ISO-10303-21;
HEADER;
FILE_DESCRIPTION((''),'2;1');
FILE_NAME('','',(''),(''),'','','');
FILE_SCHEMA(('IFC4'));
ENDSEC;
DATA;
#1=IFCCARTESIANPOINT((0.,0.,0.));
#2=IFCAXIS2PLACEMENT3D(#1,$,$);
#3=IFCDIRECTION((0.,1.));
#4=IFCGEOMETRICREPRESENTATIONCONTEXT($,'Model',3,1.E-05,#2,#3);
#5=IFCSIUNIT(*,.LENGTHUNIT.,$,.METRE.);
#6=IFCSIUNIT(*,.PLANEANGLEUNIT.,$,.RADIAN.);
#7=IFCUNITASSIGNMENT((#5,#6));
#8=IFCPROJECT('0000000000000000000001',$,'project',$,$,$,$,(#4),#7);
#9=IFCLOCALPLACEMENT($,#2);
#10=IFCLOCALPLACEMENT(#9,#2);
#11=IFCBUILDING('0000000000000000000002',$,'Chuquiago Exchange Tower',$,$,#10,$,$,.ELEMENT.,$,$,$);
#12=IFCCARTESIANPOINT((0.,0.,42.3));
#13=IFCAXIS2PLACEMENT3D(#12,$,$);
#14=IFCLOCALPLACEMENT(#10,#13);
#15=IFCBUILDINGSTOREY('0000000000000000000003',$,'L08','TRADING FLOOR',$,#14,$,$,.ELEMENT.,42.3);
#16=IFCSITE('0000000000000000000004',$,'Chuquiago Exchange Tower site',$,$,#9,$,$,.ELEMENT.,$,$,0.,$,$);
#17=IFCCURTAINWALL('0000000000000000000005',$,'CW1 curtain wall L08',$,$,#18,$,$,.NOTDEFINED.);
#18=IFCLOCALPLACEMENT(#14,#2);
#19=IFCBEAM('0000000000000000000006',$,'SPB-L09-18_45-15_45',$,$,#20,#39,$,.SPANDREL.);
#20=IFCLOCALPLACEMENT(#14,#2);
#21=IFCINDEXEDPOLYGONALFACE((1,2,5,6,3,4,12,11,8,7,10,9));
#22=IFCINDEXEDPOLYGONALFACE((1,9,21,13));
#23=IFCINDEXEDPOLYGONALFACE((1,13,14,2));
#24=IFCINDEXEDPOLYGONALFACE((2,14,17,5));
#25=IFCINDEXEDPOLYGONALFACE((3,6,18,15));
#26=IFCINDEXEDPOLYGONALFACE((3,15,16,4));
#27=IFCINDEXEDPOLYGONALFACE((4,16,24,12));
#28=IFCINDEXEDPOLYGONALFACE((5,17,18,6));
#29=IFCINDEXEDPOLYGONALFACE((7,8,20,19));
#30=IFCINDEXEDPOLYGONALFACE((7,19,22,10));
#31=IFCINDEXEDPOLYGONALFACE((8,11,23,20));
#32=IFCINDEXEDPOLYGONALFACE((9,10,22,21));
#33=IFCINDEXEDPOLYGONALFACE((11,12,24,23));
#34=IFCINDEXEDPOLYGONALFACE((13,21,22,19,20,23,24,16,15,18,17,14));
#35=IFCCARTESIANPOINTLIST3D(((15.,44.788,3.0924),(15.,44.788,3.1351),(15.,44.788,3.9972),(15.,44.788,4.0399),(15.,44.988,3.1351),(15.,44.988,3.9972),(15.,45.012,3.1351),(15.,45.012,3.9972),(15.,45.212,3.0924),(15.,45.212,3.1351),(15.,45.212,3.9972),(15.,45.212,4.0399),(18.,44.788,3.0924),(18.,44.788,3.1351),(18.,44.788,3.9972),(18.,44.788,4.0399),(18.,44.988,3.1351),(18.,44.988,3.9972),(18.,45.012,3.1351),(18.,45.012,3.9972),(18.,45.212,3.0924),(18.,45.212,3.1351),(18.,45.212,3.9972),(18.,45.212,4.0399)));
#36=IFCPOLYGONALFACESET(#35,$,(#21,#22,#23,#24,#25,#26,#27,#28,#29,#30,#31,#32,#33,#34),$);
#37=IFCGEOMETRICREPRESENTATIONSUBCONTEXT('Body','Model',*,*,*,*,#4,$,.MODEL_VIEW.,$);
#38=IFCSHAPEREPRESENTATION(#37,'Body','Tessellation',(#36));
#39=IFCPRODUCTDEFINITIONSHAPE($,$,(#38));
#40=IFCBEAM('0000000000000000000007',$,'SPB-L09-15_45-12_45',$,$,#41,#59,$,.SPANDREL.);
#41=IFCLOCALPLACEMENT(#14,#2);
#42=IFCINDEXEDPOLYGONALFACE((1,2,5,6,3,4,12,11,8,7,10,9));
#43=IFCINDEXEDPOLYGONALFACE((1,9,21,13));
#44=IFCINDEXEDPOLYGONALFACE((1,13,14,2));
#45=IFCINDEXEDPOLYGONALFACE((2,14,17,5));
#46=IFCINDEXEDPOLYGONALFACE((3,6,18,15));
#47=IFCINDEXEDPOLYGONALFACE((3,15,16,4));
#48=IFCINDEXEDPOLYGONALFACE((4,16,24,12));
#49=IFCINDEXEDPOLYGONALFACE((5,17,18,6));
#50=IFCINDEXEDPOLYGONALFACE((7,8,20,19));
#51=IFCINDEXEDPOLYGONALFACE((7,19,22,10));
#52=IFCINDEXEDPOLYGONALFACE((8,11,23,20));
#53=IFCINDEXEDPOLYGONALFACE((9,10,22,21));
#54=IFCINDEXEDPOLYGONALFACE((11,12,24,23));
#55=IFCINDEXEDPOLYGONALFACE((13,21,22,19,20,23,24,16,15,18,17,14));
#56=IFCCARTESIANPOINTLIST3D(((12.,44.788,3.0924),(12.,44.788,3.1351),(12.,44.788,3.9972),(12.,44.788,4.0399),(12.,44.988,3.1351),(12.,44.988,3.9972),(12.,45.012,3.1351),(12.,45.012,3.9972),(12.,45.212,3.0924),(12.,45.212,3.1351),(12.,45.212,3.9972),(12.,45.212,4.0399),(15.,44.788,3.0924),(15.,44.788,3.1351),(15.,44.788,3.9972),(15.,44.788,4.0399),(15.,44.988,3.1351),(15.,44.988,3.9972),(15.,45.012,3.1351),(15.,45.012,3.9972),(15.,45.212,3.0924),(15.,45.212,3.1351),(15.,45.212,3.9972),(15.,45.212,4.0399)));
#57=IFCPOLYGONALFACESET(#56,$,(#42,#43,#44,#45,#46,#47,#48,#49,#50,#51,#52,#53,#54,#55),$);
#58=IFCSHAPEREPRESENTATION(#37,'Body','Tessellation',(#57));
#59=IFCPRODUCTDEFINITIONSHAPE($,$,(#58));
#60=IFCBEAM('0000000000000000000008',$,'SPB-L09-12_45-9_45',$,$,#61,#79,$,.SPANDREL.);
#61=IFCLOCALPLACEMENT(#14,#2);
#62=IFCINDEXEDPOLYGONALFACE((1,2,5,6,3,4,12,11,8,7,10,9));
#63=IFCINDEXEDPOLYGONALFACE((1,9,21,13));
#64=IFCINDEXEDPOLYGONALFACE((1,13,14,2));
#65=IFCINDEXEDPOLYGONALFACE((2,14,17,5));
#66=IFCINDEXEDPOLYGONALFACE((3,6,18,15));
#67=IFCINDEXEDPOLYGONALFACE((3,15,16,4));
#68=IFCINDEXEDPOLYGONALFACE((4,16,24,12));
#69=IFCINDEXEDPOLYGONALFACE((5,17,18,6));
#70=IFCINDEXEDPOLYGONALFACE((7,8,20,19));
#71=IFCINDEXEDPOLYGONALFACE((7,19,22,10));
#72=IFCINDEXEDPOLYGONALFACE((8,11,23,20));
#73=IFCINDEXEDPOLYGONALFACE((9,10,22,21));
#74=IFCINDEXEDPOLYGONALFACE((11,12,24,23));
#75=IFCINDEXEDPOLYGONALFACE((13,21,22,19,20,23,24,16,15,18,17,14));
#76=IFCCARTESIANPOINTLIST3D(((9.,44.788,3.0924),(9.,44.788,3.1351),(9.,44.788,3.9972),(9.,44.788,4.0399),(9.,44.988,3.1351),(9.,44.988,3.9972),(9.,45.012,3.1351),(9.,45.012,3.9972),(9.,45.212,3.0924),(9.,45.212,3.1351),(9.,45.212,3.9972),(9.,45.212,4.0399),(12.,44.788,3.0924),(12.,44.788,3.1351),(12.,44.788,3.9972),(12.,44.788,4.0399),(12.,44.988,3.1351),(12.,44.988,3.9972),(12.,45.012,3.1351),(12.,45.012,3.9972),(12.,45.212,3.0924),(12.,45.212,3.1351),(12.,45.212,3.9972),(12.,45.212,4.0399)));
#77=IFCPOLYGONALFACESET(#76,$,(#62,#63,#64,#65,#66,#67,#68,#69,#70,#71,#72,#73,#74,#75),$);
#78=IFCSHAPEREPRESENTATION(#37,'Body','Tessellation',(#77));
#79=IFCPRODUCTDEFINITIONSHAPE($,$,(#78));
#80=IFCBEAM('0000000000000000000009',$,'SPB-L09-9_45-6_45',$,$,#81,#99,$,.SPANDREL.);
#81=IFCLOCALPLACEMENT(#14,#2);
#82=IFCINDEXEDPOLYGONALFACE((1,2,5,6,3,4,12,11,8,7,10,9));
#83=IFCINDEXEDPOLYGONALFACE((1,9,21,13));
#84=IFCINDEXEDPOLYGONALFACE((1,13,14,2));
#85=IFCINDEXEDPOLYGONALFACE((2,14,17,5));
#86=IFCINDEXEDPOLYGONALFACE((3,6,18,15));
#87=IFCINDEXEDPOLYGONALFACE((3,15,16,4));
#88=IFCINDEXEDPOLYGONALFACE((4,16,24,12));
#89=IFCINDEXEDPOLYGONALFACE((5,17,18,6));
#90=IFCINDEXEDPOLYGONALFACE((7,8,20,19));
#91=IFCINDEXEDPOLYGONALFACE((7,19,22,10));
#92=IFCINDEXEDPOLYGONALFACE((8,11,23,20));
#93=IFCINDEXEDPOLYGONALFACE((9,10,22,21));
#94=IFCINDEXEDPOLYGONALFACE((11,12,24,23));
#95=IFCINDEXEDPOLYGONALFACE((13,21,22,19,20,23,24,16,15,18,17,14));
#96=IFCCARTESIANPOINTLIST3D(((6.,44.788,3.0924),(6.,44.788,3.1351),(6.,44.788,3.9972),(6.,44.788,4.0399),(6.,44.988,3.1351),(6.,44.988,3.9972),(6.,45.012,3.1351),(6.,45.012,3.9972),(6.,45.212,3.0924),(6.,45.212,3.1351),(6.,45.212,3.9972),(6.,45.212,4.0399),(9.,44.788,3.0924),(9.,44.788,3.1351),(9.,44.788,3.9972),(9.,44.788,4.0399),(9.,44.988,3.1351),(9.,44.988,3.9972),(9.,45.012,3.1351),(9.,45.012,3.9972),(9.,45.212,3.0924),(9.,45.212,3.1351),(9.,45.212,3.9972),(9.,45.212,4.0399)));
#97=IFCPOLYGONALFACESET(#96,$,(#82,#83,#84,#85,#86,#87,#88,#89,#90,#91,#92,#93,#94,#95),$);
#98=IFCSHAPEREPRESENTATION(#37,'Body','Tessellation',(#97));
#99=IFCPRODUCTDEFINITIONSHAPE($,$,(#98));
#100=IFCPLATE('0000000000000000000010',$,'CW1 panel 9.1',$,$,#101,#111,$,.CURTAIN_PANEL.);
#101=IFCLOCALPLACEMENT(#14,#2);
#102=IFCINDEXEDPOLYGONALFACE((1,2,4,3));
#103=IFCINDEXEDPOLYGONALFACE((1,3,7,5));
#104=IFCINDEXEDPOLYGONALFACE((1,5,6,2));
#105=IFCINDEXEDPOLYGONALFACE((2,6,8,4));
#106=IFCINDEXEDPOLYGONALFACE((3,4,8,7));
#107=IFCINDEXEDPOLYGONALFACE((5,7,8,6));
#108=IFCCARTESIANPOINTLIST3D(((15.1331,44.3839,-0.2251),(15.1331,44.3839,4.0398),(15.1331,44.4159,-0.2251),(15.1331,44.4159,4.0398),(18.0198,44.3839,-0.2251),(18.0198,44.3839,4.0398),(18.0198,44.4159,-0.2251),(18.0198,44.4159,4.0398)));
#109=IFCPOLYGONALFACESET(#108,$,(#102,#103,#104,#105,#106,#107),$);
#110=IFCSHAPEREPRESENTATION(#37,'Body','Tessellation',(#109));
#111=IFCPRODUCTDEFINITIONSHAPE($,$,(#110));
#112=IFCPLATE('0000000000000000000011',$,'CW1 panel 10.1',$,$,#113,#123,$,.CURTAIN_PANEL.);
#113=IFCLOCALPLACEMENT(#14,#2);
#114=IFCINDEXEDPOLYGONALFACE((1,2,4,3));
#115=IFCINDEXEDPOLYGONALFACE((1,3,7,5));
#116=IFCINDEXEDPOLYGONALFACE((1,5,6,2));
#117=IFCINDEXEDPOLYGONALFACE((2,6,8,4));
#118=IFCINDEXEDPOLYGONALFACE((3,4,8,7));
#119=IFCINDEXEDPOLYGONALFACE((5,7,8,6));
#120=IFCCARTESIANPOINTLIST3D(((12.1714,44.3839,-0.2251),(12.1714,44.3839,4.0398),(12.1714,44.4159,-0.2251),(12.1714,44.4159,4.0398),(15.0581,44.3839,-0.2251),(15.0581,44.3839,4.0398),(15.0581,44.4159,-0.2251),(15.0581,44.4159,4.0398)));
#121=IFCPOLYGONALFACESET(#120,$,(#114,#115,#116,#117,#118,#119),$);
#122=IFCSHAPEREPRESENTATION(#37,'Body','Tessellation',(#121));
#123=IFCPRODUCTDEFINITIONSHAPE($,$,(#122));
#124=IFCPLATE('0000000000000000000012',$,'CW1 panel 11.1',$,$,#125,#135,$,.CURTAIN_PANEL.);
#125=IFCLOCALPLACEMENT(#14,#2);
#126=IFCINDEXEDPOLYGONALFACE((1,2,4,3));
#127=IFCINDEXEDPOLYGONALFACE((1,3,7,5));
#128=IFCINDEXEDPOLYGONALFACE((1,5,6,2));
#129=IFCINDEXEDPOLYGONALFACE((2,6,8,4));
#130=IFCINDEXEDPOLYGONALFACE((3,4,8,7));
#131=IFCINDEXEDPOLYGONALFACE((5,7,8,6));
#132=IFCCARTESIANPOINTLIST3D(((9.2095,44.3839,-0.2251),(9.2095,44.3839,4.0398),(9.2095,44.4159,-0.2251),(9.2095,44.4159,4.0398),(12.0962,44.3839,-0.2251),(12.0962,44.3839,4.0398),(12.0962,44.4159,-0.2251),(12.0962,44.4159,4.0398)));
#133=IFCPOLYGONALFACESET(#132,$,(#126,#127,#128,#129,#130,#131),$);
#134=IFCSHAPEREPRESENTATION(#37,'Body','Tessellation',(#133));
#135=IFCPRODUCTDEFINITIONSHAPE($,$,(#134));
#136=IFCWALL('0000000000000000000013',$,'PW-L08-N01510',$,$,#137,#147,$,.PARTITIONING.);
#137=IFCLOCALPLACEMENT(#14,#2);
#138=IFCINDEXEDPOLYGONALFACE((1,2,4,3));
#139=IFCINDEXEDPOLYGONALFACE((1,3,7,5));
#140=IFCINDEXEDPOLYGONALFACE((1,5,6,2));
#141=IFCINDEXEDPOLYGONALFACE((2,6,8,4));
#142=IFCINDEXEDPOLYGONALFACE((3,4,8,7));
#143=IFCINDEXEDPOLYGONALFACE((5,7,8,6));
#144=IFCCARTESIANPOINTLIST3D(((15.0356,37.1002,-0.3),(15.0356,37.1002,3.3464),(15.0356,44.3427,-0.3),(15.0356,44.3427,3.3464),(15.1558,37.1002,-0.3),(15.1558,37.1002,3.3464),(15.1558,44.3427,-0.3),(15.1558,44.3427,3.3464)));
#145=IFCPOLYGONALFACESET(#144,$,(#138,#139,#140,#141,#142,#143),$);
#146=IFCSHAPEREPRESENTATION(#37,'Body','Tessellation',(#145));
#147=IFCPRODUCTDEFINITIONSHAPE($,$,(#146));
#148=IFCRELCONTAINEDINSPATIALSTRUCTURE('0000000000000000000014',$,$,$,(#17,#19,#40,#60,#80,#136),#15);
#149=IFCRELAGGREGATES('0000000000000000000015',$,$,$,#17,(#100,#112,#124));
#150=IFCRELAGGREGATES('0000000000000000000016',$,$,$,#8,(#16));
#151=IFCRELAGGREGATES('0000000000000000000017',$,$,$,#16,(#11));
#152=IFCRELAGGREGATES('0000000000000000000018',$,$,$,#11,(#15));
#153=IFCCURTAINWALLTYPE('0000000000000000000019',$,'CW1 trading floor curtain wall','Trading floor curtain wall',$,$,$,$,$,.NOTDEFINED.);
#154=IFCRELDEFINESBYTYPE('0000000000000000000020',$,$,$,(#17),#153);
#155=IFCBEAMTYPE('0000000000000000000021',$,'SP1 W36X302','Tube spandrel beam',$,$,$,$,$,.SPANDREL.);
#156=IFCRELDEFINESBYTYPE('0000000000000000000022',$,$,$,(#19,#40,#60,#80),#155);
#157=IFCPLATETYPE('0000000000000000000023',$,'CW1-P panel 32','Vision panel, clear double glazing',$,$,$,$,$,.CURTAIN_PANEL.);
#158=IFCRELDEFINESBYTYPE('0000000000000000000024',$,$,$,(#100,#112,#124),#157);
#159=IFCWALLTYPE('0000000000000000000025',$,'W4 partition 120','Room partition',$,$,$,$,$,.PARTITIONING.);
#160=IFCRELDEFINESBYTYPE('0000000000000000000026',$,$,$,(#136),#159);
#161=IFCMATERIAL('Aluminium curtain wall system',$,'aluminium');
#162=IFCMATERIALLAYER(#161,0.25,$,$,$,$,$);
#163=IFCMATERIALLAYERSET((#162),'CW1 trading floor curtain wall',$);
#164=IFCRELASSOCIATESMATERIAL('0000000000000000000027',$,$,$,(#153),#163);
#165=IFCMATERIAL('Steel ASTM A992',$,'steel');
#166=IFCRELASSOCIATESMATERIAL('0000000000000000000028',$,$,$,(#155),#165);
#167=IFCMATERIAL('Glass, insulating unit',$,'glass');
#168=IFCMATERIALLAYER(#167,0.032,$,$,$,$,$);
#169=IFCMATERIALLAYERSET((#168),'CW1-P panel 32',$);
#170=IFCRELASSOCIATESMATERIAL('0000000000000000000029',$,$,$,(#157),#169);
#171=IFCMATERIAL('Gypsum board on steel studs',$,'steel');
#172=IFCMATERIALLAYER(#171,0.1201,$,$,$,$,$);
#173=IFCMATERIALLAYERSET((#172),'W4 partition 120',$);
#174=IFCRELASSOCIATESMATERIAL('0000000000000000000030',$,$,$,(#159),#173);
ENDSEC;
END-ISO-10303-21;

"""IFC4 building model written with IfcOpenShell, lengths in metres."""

from ifc_helpers import new_model, si_unit, direction, frame, frame_2d, origin, origin_2d, place, context, subcontext, project, spatial, rectangle, i_section, extrude, material, layer, layer_set, material_profile, profile_set, type_object, element, aggregate, save


model = new_model("IFC4")

# Units and contexts
model_context = context("Model", 3, precision=1e-05, world=origin(), true_north=direction((0.0, 1.0)))
body_context = subcontext(model_context, "Body", "Model", "MODEL_VIEW")
ifc_project = project(units=[si_unit("LENGTHUNIT", "METRE"), si_unit("PLANEANGLEUNIT", "RADIAN")], contexts=[model_context])

# Site, building, storey
site_placement = place(None, origin())
site = spatial("IfcSite", under=ifc_project, at=site_placement, Name="Chuquiago Exchange Tower site", CompositionType="ELEMENT", RefElevation=0.0)
building_placement = place(site_placement, origin())
building = spatial("IfcBuilding", under=site, at=building_placement, Name="Chuquiago Exchange Tower", CompositionType="ELEMENT")
storey_placement = place(building_placement, frame((0.0, 0.0, 42.3)))
storey = spatial("IfcBuildingStorey", under=building, at=storey_placement, Name="L08", Description="TRADING FLOOR", CompositionType="ELEMENT", Elevation=42.3)

# Curtain wall
ifc_material_1 = material(Name="Aluminium curtain wall system", Category="aluminium")
ifc_layer_1 = layer(ifc_material_1, 0.25)
ifc_layer_set_1 = layer_set([ifc_layer_1], Name="CW1 trading floor curtain wall")
curtain_wall_type = type_object("IfcCurtainWallType", Name="CW1 trading floor curtain wall", Description="Trading floor curtain wall", PredefinedType="NOTDEFINED", material=ifc_layer_set_1)
curtain_wall_placement = place(storey_placement, origin())
curtain_wall = element("IfcCurtainWall", 1, at=curtain_wall_placement, inside=storey, type_object=curtain_wall_type, Name="CW1 curtain wall L08", PredefinedType="NOTDEFINED")

# Beams
ifc_material_2 = material(Name="Steel ASTM A992", Category="steel")
ifc_material_profile_1 = material_profile(ifc_material_2, i_section(OverallWidth=0.4241, OverallDepth=0.9475, WebThickness=0.0239, FlangeThickness=0.0427, at=origin_2d()), Name="W36X302")
ifc_profile_set_1 = profile_set([ifc_material_profile_1], Name="Steel ASTM A992")
beam_type = type_object("IfcBeamType", Name="SP1 W36X302", Description="Tube spandrel beam", PredefinedType="SPANDREL", material=ifc_profile_set_1)
for number, where, z_axis, x_axis, name in (
    (2, (18.0, 45.0, 3.5662), (-1.0, 0.0, 0.0), (0.0, -1.0, 0.0), "SPB-L09-18_45-15_45"),
    (3, (15.0, 45.0, 3.5662), (-1.0, 0.0, 0.0), (0.0, -1.0, 0.0), "SPB-L09-15_45-12_45"),
    (4, (12.0, 45.0, 3.5662), (-1.0, 0.0, 0.0), (0.0, -1.0, 0.0), "SPB-L09-12_45-9_45"),
    (5, (9.0, 45.0, 3.5662), (-1.0, 0.0, 0.0), (0.0, -1.0, 0.0), "SPB-L09-9_45-6_45"),
):
    element("IfcBeam", number, at=place(storey_placement, frame(where, z_axis=z_axis, x_axis=x_axis)), inside=storey, type_object=beam_type, Name=name, PredefinedType="SPANDREL", context=body_context, shape_type="SweptSolid", body=[
        extrude(i_section(OverallWidth=0.4241, OverallDepth=0.9475, WebThickness=0.0239, FlangeThickness=0.0427, at=origin_2d()), origin(), (0.0, 0.0, 1.0), 3.0),
    ])

# Plates
ifc_material_3 = material(Name="Glass, insulating unit", Category="glass")
ifc_layer_2 = layer(ifc_material_3, 0.032)
ifc_layer_set_2 = layer_set([ifc_layer_2], Name="CW1-P panel 32")
plate_type = type_object("IfcPlateType", Name="CW1-P panel 32", Description="Vision panel, clear double glazing", PredefinedType="CURTAIN_PANEL", material=ifc_layer_set_2)
plate_1_placement = place(storey_placement, frame((16.5764, 44.3999, -0.2251), z_axis=(0.0, 0.0, 1.0), x_axis=(-1.0, 0.0, 0.0)))
plate_1 = element("IfcPlate", 6, at=plate_1_placement, type_object=plate_type, Name="CW1 panel 9.1", PredefinedType="CURTAIN_PANEL", context=body_context, shape_type="SweptSolid", body=[
    extrude(rectangle(XDim=2.8867, YDim=0.032, at=origin_2d()), origin(), (0.0, 0.0, 1.0), 4.2649),
])
plate_2_placement = place(storey_placement, frame((13.6147, 44.3999, -0.2251), z_axis=(0.0, 0.0, 1.0), x_axis=(-1.0, 0.0, 0.0)))
plate_2 = element("IfcPlate", 7, at=plate_2_placement, type_object=plate_type, Name="CW1 panel 10.1", PredefinedType="CURTAIN_PANEL", context=body_context, shape_type="SweptSolid", body=[
    extrude(rectangle(XDim=2.8867, YDim=0.032, at=origin_2d()), origin(), (0.0, 0.0, 1.0), 4.2649),
])
plate_3_placement = place(storey_placement, frame((10.6528, 44.3999, -0.2251), z_axis=(0.0, 0.0, 1.0), x_axis=(-1.0, 0.0, 0.0)))
plate_3 = element("IfcPlate", 8, at=plate_3_placement, type_object=plate_type, Name="CW1 panel 11.1", PredefinedType="CURTAIN_PANEL", context=body_context, shape_type="SweptSolid", body=[
    extrude(rectangle(XDim=2.8867, YDim=0.032, at=origin_2d()), origin(), (0.0, 0.0, 1.0), 4.2649),
])
aggregate(curtain_wall, [plate_1, plate_2, plate_3])

# Wall
ifc_material_4 = material(Name="Gypsum board on steel studs", Category="steel")
ifc_layer_3 = layer(ifc_material_4, 0.1201)
ifc_layer_set_3 = layer_set([ifc_layer_3], Name="W4 partition 120")
wall_type = type_object("IfcWallType", Name="W4 partition 120", Description="Room partition", PredefinedType="PARTITIONING", material=ifc_layer_set_3)
wall_placement = place(storey_placement, frame((15.0957, 44.3425, -0.3), z_axis=(0.0, 0.0, 1.0), x_axis=(0.0, -1.0, 0.0)))
element("IfcWall", 9, at=wall_placement, inside=storey, type_object=wall_type, Name="PW-L08-N01510", PredefinedType="PARTITIONING", context=body_context, shape_type="SweptSolid", body=[
    extrude(rectangle(XDim=7.2424, YDim=0.1201, at=frame_2d((3.6211, 0.0))), origin(), (0.0, 0.0, 1.0), 3.6465),
])

save(model, "model.ifc")
